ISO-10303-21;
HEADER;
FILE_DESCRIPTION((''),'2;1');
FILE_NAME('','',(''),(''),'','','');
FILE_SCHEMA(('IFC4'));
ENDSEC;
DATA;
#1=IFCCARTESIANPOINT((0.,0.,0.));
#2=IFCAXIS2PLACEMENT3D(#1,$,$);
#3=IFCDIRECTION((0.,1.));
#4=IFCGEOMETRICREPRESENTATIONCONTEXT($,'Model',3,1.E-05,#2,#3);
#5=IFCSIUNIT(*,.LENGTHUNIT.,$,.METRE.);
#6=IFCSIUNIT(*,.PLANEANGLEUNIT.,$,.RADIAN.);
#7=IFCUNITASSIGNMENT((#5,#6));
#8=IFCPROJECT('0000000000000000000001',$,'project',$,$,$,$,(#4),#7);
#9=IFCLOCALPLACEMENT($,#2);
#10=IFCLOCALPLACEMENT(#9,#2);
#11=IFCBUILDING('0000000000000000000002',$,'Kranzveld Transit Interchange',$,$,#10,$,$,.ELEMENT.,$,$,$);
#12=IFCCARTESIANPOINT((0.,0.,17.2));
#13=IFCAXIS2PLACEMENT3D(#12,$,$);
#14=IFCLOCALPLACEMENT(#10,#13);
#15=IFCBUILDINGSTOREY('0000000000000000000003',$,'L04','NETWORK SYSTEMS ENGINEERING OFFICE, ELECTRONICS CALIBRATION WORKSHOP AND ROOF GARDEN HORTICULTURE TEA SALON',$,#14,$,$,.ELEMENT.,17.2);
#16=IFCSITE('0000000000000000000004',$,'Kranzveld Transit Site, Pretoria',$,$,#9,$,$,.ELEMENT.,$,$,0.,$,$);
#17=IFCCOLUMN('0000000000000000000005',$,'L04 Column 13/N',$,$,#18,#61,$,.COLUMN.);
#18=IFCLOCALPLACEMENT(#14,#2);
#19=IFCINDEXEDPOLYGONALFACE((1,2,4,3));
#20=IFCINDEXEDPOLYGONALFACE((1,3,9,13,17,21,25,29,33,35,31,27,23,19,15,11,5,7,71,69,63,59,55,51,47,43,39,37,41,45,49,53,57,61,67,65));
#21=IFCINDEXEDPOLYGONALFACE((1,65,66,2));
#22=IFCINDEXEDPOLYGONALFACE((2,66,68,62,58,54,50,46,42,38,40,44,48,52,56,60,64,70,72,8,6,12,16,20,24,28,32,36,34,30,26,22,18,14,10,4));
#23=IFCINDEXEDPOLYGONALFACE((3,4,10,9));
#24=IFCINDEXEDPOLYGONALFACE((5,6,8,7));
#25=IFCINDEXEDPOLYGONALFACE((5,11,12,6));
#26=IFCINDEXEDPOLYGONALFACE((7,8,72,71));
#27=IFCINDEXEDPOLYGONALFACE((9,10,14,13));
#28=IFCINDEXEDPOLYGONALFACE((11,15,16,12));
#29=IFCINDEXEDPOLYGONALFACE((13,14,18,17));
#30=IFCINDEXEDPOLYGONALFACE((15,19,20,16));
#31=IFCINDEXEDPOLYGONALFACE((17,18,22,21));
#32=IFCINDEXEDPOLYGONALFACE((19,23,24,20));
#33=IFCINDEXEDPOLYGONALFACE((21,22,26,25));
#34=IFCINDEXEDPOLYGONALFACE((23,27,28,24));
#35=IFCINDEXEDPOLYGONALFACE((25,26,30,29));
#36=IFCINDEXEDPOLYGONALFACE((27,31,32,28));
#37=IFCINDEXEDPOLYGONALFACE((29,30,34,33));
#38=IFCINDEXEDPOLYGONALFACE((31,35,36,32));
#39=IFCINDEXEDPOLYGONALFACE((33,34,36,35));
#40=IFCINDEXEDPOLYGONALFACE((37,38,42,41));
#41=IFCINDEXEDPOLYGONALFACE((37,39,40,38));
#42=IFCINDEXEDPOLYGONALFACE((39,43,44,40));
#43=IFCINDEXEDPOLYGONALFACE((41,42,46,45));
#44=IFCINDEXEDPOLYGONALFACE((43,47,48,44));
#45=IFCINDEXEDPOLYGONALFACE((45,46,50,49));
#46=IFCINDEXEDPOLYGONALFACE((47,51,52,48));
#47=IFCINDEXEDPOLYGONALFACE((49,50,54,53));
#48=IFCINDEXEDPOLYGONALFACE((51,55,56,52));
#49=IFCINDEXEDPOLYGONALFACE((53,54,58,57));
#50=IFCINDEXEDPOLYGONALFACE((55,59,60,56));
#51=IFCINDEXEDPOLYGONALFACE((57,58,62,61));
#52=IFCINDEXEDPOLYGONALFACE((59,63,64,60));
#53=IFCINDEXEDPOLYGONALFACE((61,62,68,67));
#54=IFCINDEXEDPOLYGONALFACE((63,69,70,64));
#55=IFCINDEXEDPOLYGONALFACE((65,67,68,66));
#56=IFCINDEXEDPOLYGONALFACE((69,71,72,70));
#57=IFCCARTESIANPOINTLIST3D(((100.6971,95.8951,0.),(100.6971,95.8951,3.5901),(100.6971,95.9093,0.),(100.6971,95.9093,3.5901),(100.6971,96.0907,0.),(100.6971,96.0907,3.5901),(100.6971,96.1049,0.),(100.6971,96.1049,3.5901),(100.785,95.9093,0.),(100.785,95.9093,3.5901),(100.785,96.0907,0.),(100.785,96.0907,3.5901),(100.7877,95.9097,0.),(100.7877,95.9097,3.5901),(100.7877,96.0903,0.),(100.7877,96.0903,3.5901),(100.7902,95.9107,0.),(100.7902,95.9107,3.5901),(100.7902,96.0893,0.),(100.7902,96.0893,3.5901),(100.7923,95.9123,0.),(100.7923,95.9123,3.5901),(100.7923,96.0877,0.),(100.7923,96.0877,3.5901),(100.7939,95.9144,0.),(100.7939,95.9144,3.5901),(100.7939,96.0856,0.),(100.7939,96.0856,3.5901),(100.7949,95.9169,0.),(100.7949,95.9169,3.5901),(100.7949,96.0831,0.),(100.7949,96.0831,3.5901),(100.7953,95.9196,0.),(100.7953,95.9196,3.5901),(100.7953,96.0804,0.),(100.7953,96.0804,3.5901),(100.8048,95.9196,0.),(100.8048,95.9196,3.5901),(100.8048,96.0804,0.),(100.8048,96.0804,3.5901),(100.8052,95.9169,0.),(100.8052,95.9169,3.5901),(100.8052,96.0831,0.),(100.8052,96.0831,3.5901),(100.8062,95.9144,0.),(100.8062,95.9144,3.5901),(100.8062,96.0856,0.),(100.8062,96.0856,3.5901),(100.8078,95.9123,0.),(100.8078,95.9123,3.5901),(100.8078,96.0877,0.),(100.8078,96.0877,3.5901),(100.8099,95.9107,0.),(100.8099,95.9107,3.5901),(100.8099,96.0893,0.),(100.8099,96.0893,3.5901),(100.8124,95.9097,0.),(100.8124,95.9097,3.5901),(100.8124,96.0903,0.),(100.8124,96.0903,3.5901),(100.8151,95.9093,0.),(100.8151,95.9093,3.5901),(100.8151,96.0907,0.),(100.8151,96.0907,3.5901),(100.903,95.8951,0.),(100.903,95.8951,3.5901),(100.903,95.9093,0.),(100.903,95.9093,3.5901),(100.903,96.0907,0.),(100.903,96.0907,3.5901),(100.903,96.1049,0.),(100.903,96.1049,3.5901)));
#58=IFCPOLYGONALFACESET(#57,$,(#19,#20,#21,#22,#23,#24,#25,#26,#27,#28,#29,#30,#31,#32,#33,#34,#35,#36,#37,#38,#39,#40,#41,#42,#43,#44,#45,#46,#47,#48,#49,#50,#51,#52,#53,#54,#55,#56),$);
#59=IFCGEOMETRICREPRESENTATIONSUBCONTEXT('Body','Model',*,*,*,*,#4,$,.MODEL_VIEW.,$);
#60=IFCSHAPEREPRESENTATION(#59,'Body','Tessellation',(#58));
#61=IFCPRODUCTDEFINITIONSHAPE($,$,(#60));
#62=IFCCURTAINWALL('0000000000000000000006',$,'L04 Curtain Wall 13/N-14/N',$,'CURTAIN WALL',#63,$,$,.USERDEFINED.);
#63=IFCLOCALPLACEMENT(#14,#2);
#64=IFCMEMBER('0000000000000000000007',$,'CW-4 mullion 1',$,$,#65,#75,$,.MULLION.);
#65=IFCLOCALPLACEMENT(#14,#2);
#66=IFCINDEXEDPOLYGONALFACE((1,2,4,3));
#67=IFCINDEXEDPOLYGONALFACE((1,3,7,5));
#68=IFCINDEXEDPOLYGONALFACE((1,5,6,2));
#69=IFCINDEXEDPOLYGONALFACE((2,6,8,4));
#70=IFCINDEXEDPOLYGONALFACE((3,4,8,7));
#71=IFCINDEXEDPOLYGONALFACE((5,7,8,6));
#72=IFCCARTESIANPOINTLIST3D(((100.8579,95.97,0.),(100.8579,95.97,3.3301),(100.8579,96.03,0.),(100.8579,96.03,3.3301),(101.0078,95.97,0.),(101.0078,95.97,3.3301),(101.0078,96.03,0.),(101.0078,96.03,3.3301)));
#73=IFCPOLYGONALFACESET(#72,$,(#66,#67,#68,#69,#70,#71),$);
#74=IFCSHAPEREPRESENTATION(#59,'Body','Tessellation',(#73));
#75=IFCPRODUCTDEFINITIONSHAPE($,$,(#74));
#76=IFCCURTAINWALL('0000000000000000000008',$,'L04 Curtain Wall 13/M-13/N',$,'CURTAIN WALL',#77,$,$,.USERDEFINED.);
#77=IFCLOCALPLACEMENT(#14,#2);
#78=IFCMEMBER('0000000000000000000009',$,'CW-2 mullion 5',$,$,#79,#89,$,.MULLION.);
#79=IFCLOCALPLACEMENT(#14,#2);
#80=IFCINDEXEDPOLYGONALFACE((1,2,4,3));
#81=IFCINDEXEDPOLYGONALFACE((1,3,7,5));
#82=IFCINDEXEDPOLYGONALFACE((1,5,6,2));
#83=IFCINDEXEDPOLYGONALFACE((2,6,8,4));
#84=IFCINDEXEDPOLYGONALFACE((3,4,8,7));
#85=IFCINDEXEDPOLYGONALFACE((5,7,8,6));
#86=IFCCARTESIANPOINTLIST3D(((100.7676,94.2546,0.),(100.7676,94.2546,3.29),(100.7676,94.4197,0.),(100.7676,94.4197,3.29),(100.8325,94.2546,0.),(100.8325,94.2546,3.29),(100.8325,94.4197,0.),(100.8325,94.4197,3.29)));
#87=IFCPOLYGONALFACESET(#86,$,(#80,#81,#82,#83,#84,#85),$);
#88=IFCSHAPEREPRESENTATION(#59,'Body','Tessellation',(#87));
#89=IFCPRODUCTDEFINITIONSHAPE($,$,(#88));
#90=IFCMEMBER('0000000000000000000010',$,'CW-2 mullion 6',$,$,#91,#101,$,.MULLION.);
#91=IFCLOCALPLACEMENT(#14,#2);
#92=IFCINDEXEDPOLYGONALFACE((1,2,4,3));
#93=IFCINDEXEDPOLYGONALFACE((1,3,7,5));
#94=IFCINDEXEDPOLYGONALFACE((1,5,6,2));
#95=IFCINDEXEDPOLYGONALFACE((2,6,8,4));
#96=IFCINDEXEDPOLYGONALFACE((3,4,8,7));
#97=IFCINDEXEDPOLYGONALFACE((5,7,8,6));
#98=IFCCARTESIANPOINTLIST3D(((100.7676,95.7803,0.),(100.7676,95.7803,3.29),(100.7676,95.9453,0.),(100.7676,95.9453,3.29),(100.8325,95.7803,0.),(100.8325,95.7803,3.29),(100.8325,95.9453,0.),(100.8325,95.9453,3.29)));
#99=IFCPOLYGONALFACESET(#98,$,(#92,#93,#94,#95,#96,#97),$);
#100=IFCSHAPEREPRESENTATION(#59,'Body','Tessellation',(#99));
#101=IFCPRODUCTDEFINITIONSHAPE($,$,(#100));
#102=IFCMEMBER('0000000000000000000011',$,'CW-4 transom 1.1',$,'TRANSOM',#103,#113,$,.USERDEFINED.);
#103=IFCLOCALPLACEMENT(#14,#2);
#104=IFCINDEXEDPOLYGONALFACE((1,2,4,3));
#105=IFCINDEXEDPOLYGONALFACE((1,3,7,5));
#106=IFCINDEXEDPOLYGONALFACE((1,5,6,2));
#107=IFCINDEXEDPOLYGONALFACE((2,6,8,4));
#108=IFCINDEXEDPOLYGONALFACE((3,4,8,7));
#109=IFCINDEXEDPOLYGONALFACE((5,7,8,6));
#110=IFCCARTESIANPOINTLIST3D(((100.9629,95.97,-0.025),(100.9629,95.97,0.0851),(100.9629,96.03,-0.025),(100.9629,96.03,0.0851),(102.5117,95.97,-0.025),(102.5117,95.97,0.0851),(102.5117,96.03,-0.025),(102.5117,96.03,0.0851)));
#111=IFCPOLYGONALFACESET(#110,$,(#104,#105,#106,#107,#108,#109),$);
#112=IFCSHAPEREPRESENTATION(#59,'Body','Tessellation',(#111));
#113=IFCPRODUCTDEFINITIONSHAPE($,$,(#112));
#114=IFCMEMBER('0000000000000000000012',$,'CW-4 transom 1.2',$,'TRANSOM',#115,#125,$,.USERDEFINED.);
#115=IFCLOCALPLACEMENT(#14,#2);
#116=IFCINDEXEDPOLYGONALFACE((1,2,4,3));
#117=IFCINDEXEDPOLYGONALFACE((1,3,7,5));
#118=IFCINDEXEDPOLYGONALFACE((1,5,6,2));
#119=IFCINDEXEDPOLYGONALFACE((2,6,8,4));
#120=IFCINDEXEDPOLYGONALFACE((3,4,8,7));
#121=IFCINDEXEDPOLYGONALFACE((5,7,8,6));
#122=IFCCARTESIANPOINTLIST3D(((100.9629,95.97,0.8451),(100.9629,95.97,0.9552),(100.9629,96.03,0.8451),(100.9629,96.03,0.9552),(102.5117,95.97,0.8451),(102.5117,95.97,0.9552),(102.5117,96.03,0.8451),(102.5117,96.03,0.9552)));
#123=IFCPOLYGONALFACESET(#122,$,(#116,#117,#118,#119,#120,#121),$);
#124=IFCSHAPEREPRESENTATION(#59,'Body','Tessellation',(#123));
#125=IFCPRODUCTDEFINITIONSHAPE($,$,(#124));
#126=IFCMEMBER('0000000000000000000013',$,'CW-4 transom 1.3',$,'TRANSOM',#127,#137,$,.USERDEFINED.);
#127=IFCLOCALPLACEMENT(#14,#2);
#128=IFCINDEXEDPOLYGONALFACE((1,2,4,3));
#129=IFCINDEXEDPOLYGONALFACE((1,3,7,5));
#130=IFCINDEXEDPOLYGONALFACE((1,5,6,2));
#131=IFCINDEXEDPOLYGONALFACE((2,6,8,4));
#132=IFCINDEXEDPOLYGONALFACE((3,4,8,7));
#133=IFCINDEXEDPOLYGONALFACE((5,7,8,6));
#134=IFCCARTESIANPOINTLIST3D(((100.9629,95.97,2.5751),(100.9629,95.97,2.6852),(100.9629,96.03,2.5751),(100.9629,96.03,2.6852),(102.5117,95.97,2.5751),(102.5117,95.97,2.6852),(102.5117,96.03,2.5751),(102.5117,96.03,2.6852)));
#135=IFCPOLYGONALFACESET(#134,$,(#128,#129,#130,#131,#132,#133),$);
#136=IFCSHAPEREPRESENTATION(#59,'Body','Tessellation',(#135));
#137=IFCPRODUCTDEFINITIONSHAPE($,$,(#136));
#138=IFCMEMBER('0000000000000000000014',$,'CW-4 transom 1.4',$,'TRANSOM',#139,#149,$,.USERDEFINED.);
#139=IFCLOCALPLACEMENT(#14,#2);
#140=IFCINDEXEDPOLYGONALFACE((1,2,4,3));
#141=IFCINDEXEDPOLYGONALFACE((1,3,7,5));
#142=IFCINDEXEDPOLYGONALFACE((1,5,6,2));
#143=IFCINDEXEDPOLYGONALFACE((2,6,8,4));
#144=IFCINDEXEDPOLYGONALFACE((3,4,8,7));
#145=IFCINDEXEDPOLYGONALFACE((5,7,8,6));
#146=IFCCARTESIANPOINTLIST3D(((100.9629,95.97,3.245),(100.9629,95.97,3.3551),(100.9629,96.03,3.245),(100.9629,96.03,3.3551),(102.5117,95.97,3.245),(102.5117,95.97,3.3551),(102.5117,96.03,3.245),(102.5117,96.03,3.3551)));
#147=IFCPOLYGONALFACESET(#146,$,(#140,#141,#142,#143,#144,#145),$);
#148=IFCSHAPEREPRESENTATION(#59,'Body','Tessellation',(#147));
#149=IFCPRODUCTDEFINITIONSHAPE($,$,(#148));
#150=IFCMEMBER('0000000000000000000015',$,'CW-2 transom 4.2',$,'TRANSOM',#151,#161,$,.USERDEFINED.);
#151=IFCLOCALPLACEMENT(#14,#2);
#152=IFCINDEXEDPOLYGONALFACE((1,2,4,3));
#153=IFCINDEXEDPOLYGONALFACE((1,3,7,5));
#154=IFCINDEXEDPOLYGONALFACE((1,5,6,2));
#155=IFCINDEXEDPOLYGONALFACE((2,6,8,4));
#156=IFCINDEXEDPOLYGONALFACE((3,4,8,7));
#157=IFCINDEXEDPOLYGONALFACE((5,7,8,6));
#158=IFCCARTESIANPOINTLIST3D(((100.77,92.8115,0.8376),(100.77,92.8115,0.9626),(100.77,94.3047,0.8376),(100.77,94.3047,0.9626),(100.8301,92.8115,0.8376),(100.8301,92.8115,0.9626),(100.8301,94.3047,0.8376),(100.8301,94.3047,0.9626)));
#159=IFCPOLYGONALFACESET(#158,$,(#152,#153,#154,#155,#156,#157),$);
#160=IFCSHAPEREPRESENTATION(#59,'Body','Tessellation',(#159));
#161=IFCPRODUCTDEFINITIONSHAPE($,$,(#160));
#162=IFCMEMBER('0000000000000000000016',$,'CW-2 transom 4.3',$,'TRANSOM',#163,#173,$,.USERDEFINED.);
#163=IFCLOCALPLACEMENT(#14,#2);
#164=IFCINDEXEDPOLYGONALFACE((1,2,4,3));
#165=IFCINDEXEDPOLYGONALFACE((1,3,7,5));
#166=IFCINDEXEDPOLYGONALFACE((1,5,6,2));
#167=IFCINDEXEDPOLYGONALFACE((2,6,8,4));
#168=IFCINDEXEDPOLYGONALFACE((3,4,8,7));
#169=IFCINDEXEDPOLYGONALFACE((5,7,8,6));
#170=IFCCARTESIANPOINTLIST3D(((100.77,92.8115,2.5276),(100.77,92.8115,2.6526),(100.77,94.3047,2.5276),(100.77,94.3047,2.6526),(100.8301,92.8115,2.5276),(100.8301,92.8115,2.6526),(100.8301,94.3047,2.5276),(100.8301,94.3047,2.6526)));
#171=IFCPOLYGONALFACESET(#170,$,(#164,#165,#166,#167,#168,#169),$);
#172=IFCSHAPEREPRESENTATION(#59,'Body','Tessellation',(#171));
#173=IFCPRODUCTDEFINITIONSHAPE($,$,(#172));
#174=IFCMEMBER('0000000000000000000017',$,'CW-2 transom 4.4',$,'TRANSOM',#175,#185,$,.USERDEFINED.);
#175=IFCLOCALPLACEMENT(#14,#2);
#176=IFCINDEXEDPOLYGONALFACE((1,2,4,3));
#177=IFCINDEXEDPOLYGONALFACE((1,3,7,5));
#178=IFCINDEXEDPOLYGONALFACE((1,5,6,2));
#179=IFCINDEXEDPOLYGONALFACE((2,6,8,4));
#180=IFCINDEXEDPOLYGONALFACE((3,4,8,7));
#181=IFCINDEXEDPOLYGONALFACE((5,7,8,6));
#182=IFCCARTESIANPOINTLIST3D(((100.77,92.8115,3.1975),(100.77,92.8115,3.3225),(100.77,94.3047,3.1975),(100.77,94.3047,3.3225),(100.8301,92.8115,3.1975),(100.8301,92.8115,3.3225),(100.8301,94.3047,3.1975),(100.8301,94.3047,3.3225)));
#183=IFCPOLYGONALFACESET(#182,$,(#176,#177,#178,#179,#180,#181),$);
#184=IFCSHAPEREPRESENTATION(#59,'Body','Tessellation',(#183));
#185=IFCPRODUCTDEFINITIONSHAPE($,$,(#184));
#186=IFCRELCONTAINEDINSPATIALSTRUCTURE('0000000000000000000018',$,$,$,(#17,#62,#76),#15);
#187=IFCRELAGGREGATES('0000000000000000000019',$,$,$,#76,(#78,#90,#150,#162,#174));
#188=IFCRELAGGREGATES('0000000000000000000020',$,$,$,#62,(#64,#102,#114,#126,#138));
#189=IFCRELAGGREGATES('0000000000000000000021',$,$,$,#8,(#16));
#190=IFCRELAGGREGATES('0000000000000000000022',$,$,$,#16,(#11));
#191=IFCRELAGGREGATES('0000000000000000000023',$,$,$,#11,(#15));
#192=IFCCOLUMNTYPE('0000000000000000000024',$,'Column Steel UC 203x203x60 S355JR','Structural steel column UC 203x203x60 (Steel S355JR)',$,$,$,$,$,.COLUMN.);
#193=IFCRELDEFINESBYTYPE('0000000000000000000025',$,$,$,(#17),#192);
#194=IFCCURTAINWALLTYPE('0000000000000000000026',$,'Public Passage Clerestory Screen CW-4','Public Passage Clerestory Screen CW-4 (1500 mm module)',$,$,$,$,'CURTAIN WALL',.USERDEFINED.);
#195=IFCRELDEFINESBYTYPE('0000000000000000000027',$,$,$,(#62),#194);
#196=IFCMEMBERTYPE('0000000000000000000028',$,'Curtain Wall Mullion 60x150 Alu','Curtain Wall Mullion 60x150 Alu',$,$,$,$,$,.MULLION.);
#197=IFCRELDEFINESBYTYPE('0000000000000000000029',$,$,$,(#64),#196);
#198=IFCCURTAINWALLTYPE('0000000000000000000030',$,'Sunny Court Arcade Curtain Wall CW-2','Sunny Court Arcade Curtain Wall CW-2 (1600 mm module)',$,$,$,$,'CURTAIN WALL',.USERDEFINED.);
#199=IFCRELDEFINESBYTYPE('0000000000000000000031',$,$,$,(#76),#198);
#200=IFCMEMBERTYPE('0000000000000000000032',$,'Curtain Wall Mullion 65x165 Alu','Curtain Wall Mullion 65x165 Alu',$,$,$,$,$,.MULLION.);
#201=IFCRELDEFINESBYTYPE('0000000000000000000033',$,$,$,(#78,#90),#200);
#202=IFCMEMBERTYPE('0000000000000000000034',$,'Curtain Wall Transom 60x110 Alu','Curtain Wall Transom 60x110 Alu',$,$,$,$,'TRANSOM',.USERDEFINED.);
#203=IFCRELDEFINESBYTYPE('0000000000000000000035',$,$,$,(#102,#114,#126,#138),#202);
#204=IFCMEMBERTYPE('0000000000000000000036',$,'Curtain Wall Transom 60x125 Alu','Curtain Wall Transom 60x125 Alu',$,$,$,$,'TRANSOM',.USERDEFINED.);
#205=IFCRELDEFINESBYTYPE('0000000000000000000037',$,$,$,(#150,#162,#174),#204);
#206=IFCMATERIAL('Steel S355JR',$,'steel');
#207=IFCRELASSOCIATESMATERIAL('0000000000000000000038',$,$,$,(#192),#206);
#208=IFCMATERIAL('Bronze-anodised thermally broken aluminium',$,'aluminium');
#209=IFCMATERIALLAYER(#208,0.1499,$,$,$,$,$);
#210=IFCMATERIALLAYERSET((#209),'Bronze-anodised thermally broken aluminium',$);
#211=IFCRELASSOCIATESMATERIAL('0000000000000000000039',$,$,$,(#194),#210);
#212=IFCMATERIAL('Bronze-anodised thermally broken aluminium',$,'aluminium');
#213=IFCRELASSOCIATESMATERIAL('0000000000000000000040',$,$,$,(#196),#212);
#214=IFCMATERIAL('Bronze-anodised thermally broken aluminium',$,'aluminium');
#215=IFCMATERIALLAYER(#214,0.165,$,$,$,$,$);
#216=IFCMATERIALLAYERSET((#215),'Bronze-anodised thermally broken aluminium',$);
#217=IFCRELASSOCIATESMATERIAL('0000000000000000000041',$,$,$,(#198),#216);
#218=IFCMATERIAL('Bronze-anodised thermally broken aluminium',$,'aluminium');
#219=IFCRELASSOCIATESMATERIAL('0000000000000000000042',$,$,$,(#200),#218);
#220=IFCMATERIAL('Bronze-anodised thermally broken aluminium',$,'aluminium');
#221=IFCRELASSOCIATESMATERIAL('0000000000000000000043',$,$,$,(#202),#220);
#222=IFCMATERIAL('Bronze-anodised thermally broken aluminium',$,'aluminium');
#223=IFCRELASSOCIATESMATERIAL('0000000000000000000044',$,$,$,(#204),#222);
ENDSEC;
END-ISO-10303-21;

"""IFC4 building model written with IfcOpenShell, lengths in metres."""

from ifc_helpers import new_model, si_unit, direction, frame, origin, origin_2d, place, context, subcontext, project, spatial, rectangle, i_section, extrude, material, layer, layer_set, material_profile, profile_set, type_object, element, aggregate, save


model = new_model("IFC4")

# Units and contexts
model_context = context("Model", 3, precision=1e-05, world=origin(), true_north=direction((0.0, 1.0)))
body_context = subcontext(model_context, "Body", "Model", "MODEL_VIEW")
ifc_project = project(units=[si_unit("LENGTHUNIT", "METRE"), si_unit("PLANEANGLEUNIT", "RADIAN")], contexts=[model_context])

# Site, building, storey
site_placement = place(None, origin())
site = spatial("IfcSite", under=ifc_project, at=site_placement, Name="Kranzveld Transit Site, Pretoria", CompositionType="ELEMENT", RefElevation=0.0)
building_placement = place(site_placement, origin())
building = spatial("IfcBuilding", under=site, at=building_placement, Name="Kranzveld Transit Interchange", CompositionType="ELEMENT")
storey_placement = place(building_placement, frame((0.0, 0.0, 17.2)))
storey = spatial("IfcBuildingStorey", under=building, at=storey_placement, Name="L04", Description="NETWORK SYSTEMS ENGINEERING OFFICE, ELECTRONICS CALIBRATION WORKSHOP AND ROOF GARDEN HORTICULTURE TEA SALON", CompositionType="ELEMENT", Elevation=17.2)

# Column
ifc_material_1 = material(Name="Steel S355JR", Category="steel")
ifc_material_profile_1 = material_profile(ifc_material_1, i_section(OverallWidth=0.2058, OverallDepth=0.2097, WebThickness=0.0095, FlangeThickness=0.0142, FilletRadius=0.0103, at=origin_2d()), Name="UC 203x203x60")
ifc_profile_set_1 = profile_set([ifc_material_profile_1], Name="Steel S355JR")
column_type = type_object("IfcColumnType", Name="Column Steel UC 203x203x60 S355JR", Description="Structural steel column UC 203x203x60 (Steel S355JR)", PredefinedType="COLUMN", material=ifc_profile_set_1)
column_placement = place(storey_placement, frame((100.8, 96.0, 0.0), z_axis=(0.0, 0.0, 1.0), x_axis=(1.0, 0.0, 0.0)))
element("IfcColumn", 1, at=column_placement, inside=storey, type_object=column_type, Name="L04 Column 13/N", PredefinedType="COLUMN", context=body_context, shape_type="SweptSolid", body=[
    extrude(i_section(OverallWidth=0.2058, OverallDepth=0.2097, WebThickness=0.0095, FlangeThickness=0.0142, FilletRadius=0.0103, at=origin_2d()), origin(), (0.0, 0.0, 1.0), 3.5901),
])

# Curtain wall, member
ifc_material_2 = material(Name="Bronze-anodised thermally broken aluminium", Category="aluminium")
ifc_layer_1 = layer(ifc_material_2, 0.1499)
ifc_layer_set_1 = layer_set([ifc_layer_1], Name="Bronze-anodised thermally broken aluminium")
curtain_wall_type_1 = type_object("IfcCurtainWallType", Name="Public Passage Clerestory Screen CW-4", Description="Public Passage Clerestory Screen CW-4 (1500 mm module)", ElementType="CURTAIN WALL", PredefinedType="USERDEFINED", material=ifc_layer_set_1)
curtain_wall_1_placement = place(storey_placement, origin())
curtain_wall_1 = element("IfcCurtainWall", 2, at=curtain_wall_1_placement, inside=storey, type_object=curtain_wall_type_1, Name="L04 Curtain Wall 13/N-14/N", ObjectType="CURTAIN WALL", PredefinedType="USERDEFINED")
ifc_material_3 = material(Name="Bronze-anodised thermally broken aluminium", Category="aluminium")
ifc_material_profile_2 = material_profile(ifc_material_3, rectangle(XDim=0.0601, YDim=0.1499, at=origin_2d()), Name="ALU MULLION 60x150")
ifc_profile_set_2 = profile_set([ifc_material_profile_2], Name="Bronze-anodised thermally broken aluminium")
member_type_1 = type_object("IfcMemberType", Name="Curtain Wall Mullion 60x150 Alu", Description="Curtain Wall Mullion 60x150 Alu", PredefinedType="MULLION", material=ifc_profile_set_2)
member_1_placement = place(storey_placement, frame((100.9329, 96.0, 0.0), z_axis=(0.0, 0.0, 1.0), x_axis=(0.0, 1.0, 0.0)))
member_1 = element("IfcMember", 3, at=member_1_placement, type_object=member_type_1, Name="CW-4 mullion 1", PredefinedType="MULLION", context=body_context, shape_type="SweptSolid", body=[
    extrude(rectangle(XDim=0.0601, YDim=0.1499, at=origin_2d()), origin(), (0.0, 0.0, 1.0), 3.3301),
])

# Curtain wall, members
ifc_material_4 = material(Name="Bronze-anodised thermally broken aluminium", Category="aluminium")
ifc_layer_2 = layer(ifc_material_4, 0.165)
ifc_layer_set_2 = layer_set([ifc_layer_2], Name="Bronze-anodised thermally broken aluminium")
curtain_wall_type_2 = type_object("IfcCurtainWallType", Name="Sunny Court Arcade Curtain Wall CW-2", Description="Sunny Court Arcade Curtain Wall CW-2 (1600 mm module)", ElementType="CURTAIN WALL", PredefinedType="USERDEFINED", material=ifc_layer_set_2)
curtain_wall_2_placement = place(storey_placement, origin())
curtain_wall_2 = element("IfcCurtainWall", 4, at=curtain_wall_2_placement, inside=storey, type_object=curtain_wall_type_2, Name="L04 Curtain Wall 13/M-13/N", ObjectType="CURTAIN WALL", PredefinedType="USERDEFINED")
ifc_material_5 = material(Name="Bronze-anodised thermally broken aluminium", Category="aluminium")
ifc_material_profile_3 = material_profile(ifc_material_5, rectangle(XDim=0.0649, YDim=0.165, at=origin_2d()), Name="ALU MULLION 65x165")
ifc_profile_set_3 = profile_set([ifc_material_profile_3], Name="Bronze-anodised thermally broken aluminium")
member_type_2 = type_object("IfcMemberType", Name="Curtain Wall Mullion 65x165 Alu", Description="Curtain Wall Mullion 65x165 Alu", PredefinedType="MULLION", material=ifc_profile_set_3)
member_2_placement = place(storey_placement, frame((100.8, 94.3372, 0.0), z_axis=(0.0, 0.0, 1.0), x_axis=(-1.0, 0.0, 0.0)))
member_2 = element("IfcMember", 5, at=member_2_placement, type_object=member_type_2, Name="CW-2 mullion 5", PredefinedType="MULLION", context=body_context, shape_type="SweptSolid", body=[
    extrude(rectangle(XDim=0.0649, YDim=0.165, at=origin_2d()), origin(), (0.0, 0.0, 1.0), 3.29),
])
member_3_placement = place(storey_placement, frame((100.8, 95.8628, 0.0), z_axis=(0.0, 0.0, 1.0), x_axis=(-1.0, 0.0, 0.0)))
member_3 = element("IfcMember", 6, at=member_3_placement, type_object=member_type_2, Name="CW-2 mullion 6", PredefinedType="MULLION", context=body_context, shape_type="SweptSolid", body=[
    extrude(rectangle(XDim=0.0649, YDim=0.165, at=origin_2d()), origin(), (0.0, 0.0, 1.0), 3.29),
])

# Members
ifc_material_6 = material(Name="Bronze-anodised thermally broken aluminium", Category="aluminium")
ifc_material_profile_4 = material_profile(ifc_material_6, rectangle(XDim=0.0601, YDim=0.1101, at=origin_2d()), Name="ALU TRANSOM 60x110")
ifc_profile_set_4 = profile_set([ifc_material_profile_4], Name="Bronze-anodised thermally broken aluminium")
member_type_3 = type_object("IfcMemberType", Name="Curtain Wall Transom 60x110 Alu", Description="Curtain Wall Transom 60x110 Alu", ElementType="TRANSOM", PredefinedType="USERDEFINED", material=ifc_profile_set_4)
member_4_placement = place(storey_placement, frame((100.9629, 96.0, 0.03), z_axis=(1.0, 0.0, 0.0), x_axis=(0.0, 1.0, 0.0)))
member_4 = element("IfcMember", 7, at=member_4_placement, type_object=member_type_3, Name="CW-4 transom 1.1", ObjectType="TRANSOM", PredefinedType="USERDEFINED", context=body_context, shape_type="SweptSolid", body=[
    extrude(rectangle(XDim=0.0601, YDim=0.1101, at=origin_2d()), origin(), (0.0, 0.0, 1.0), 1.5488),
])
member_5_placement = place(storey_placement, frame((100.9629, 96.0, 0.9001), z_axis=(1.0, 0.0, 0.0), x_axis=(0.0, 1.0, 0.0)))
member_5 = element("IfcMember", 8, at=member_5_placement, type_object=member_type_3, Name="CW-4 transom 1.2", ObjectType="TRANSOM", PredefinedType="USERDEFINED", context=body_context, shape_type="SweptSolid", body=[
    extrude(rectangle(XDim=0.0601, YDim=0.1101, at=origin_2d()), origin(), (0.0, 0.0, 1.0), 1.5488),
])
member_6_placement = place(storey_placement, frame((100.9629, 96.0, 2.6301), z_axis=(1.0, 0.0, 0.0), x_axis=(0.0, 1.0, 0.0)))
member_6 = element("IfcMember", 9, at=member_6_placement, type_object=member_type_3, Name="CW-4 transom 1.3", ObjectType="TRANSOM", PredefinedType="USERDEFINED", context=body_context, shape_type="SweptSolid", body=[
    extrude(rectangle(XDim=0.0601, YDim=0.1101, at=origin_2d()), origin(), (0.0, 0.0, 1.0), 1.5488),
])
member_7_placement = place(storey_placement, frame((100.9629, 96.0, 3.3), z_axis=(1.0, 0.0, 0.0), x_axis=(0.0, 1.0, 0.0)))
member_7 = element("IfcMember", 10, at=member_7_placement, type_object=member_type_3, Name="CW-4 transom 1.4", ObjectType="TRANSOM", PredefinedType="USERDEFINED", context=body_context, shape_type="SweptSolid", body=[
    extrude(rectangle(XDim=0.0601, YDim=0.1101, at=origin_2d()), origin(), (0.0, 0.0, 1.0), 1.5488),
])
ifc_material_7 = material(Name="Bronze-anodised thermally broken aluminium", Category="aluminium")
ifc_material_profile_5 = material_profile(ifc_material_7, rectangle(XDim=0.0601, YDim=0.125, at=origin_2d()), Name="ALU TRANSOM 60x125")
ifc_profile_set_5 = profile_set([ifc_material_profile_5], Name="Bronze-anodised thermally broken aluminium")
member_type_4 = type_object("IfcMemberType", Name="Curtain Wall Transom 60x125 Alu", Description="Curtain Wall Transom 60x125 Alu", ElementType="TRANSOM", PredefinedType="USERDEFINED", material=ifc_profile_set_5)
member_8_placement = place(storey_placement, frame((100.8, 92.8115, 0.9001), z_axis=(0.0, 1.0, 0.0), x_axis=(-1.0, 0.0, 0.0)))
member_8 = element("IfcMember", 11, at=member_8_placement, type_object=member_type_4, Name="CW-2 transom 4.2", ObjectType="TRANSOM", PredefinedType="USERDEFINED", context=body_context, shape_type="SweptSolid", body=[
    extrude(rectangle(XDim=0.0601, YDim=0.125, at=origin_2d()), origin(), (0.0, 0.0, 1.0), 1.4932),
])
member_9_placement = place(storey_placement, frame((100.8, 92.8115, 2.5901), z_axis=(0.0, 1.0, 0.0), x_axis=(-1.0, 0.0, 0.0)))
member_9 = element("IfcMember", 12, at=member_9_placement, type_object=member_type_4, Name="CW-2 transom 4.3", ObjectType="TRANSOM", PredefinedType="USERDEFINED", context=body_context, shape_type="SweptSolid", body=[
    extrude(rectangle(XDim=0.0601, YDim=0.125, at=origin_2d()), origin(), (0.0, 0.0, 1.0), 1.4932),
])
member_10_placement = place(storey_placement, frame((100.8, 92.8115, 3.26), z_axis=(0.0, 1.0, 0.0), x_axis=(-1.0, 0.0, 0.0)))
member_10 = element("IfcMember", 13, at=member_10_placement, type_object=member_type_4, Name="CW-2 transom 4.4", ObjectType="TRANSOM", PredefinedType="USERDEFINED", context=body_context, shape_type="SweptSolid", body=[
    extrude(rectangle(XDim=0.0601, YDim=0.125, at=origin_2d()), origin(), (0.0, 0.0, 1.0), 1.4932),
])

aggregate(curtain_wall_2, [member_2, member_3, member_8, member_9, member_10])
aggregate(curtain_wall_1, [member_1, member_4, member_5, member_6, member_7])

save(model, "model.ifc")
